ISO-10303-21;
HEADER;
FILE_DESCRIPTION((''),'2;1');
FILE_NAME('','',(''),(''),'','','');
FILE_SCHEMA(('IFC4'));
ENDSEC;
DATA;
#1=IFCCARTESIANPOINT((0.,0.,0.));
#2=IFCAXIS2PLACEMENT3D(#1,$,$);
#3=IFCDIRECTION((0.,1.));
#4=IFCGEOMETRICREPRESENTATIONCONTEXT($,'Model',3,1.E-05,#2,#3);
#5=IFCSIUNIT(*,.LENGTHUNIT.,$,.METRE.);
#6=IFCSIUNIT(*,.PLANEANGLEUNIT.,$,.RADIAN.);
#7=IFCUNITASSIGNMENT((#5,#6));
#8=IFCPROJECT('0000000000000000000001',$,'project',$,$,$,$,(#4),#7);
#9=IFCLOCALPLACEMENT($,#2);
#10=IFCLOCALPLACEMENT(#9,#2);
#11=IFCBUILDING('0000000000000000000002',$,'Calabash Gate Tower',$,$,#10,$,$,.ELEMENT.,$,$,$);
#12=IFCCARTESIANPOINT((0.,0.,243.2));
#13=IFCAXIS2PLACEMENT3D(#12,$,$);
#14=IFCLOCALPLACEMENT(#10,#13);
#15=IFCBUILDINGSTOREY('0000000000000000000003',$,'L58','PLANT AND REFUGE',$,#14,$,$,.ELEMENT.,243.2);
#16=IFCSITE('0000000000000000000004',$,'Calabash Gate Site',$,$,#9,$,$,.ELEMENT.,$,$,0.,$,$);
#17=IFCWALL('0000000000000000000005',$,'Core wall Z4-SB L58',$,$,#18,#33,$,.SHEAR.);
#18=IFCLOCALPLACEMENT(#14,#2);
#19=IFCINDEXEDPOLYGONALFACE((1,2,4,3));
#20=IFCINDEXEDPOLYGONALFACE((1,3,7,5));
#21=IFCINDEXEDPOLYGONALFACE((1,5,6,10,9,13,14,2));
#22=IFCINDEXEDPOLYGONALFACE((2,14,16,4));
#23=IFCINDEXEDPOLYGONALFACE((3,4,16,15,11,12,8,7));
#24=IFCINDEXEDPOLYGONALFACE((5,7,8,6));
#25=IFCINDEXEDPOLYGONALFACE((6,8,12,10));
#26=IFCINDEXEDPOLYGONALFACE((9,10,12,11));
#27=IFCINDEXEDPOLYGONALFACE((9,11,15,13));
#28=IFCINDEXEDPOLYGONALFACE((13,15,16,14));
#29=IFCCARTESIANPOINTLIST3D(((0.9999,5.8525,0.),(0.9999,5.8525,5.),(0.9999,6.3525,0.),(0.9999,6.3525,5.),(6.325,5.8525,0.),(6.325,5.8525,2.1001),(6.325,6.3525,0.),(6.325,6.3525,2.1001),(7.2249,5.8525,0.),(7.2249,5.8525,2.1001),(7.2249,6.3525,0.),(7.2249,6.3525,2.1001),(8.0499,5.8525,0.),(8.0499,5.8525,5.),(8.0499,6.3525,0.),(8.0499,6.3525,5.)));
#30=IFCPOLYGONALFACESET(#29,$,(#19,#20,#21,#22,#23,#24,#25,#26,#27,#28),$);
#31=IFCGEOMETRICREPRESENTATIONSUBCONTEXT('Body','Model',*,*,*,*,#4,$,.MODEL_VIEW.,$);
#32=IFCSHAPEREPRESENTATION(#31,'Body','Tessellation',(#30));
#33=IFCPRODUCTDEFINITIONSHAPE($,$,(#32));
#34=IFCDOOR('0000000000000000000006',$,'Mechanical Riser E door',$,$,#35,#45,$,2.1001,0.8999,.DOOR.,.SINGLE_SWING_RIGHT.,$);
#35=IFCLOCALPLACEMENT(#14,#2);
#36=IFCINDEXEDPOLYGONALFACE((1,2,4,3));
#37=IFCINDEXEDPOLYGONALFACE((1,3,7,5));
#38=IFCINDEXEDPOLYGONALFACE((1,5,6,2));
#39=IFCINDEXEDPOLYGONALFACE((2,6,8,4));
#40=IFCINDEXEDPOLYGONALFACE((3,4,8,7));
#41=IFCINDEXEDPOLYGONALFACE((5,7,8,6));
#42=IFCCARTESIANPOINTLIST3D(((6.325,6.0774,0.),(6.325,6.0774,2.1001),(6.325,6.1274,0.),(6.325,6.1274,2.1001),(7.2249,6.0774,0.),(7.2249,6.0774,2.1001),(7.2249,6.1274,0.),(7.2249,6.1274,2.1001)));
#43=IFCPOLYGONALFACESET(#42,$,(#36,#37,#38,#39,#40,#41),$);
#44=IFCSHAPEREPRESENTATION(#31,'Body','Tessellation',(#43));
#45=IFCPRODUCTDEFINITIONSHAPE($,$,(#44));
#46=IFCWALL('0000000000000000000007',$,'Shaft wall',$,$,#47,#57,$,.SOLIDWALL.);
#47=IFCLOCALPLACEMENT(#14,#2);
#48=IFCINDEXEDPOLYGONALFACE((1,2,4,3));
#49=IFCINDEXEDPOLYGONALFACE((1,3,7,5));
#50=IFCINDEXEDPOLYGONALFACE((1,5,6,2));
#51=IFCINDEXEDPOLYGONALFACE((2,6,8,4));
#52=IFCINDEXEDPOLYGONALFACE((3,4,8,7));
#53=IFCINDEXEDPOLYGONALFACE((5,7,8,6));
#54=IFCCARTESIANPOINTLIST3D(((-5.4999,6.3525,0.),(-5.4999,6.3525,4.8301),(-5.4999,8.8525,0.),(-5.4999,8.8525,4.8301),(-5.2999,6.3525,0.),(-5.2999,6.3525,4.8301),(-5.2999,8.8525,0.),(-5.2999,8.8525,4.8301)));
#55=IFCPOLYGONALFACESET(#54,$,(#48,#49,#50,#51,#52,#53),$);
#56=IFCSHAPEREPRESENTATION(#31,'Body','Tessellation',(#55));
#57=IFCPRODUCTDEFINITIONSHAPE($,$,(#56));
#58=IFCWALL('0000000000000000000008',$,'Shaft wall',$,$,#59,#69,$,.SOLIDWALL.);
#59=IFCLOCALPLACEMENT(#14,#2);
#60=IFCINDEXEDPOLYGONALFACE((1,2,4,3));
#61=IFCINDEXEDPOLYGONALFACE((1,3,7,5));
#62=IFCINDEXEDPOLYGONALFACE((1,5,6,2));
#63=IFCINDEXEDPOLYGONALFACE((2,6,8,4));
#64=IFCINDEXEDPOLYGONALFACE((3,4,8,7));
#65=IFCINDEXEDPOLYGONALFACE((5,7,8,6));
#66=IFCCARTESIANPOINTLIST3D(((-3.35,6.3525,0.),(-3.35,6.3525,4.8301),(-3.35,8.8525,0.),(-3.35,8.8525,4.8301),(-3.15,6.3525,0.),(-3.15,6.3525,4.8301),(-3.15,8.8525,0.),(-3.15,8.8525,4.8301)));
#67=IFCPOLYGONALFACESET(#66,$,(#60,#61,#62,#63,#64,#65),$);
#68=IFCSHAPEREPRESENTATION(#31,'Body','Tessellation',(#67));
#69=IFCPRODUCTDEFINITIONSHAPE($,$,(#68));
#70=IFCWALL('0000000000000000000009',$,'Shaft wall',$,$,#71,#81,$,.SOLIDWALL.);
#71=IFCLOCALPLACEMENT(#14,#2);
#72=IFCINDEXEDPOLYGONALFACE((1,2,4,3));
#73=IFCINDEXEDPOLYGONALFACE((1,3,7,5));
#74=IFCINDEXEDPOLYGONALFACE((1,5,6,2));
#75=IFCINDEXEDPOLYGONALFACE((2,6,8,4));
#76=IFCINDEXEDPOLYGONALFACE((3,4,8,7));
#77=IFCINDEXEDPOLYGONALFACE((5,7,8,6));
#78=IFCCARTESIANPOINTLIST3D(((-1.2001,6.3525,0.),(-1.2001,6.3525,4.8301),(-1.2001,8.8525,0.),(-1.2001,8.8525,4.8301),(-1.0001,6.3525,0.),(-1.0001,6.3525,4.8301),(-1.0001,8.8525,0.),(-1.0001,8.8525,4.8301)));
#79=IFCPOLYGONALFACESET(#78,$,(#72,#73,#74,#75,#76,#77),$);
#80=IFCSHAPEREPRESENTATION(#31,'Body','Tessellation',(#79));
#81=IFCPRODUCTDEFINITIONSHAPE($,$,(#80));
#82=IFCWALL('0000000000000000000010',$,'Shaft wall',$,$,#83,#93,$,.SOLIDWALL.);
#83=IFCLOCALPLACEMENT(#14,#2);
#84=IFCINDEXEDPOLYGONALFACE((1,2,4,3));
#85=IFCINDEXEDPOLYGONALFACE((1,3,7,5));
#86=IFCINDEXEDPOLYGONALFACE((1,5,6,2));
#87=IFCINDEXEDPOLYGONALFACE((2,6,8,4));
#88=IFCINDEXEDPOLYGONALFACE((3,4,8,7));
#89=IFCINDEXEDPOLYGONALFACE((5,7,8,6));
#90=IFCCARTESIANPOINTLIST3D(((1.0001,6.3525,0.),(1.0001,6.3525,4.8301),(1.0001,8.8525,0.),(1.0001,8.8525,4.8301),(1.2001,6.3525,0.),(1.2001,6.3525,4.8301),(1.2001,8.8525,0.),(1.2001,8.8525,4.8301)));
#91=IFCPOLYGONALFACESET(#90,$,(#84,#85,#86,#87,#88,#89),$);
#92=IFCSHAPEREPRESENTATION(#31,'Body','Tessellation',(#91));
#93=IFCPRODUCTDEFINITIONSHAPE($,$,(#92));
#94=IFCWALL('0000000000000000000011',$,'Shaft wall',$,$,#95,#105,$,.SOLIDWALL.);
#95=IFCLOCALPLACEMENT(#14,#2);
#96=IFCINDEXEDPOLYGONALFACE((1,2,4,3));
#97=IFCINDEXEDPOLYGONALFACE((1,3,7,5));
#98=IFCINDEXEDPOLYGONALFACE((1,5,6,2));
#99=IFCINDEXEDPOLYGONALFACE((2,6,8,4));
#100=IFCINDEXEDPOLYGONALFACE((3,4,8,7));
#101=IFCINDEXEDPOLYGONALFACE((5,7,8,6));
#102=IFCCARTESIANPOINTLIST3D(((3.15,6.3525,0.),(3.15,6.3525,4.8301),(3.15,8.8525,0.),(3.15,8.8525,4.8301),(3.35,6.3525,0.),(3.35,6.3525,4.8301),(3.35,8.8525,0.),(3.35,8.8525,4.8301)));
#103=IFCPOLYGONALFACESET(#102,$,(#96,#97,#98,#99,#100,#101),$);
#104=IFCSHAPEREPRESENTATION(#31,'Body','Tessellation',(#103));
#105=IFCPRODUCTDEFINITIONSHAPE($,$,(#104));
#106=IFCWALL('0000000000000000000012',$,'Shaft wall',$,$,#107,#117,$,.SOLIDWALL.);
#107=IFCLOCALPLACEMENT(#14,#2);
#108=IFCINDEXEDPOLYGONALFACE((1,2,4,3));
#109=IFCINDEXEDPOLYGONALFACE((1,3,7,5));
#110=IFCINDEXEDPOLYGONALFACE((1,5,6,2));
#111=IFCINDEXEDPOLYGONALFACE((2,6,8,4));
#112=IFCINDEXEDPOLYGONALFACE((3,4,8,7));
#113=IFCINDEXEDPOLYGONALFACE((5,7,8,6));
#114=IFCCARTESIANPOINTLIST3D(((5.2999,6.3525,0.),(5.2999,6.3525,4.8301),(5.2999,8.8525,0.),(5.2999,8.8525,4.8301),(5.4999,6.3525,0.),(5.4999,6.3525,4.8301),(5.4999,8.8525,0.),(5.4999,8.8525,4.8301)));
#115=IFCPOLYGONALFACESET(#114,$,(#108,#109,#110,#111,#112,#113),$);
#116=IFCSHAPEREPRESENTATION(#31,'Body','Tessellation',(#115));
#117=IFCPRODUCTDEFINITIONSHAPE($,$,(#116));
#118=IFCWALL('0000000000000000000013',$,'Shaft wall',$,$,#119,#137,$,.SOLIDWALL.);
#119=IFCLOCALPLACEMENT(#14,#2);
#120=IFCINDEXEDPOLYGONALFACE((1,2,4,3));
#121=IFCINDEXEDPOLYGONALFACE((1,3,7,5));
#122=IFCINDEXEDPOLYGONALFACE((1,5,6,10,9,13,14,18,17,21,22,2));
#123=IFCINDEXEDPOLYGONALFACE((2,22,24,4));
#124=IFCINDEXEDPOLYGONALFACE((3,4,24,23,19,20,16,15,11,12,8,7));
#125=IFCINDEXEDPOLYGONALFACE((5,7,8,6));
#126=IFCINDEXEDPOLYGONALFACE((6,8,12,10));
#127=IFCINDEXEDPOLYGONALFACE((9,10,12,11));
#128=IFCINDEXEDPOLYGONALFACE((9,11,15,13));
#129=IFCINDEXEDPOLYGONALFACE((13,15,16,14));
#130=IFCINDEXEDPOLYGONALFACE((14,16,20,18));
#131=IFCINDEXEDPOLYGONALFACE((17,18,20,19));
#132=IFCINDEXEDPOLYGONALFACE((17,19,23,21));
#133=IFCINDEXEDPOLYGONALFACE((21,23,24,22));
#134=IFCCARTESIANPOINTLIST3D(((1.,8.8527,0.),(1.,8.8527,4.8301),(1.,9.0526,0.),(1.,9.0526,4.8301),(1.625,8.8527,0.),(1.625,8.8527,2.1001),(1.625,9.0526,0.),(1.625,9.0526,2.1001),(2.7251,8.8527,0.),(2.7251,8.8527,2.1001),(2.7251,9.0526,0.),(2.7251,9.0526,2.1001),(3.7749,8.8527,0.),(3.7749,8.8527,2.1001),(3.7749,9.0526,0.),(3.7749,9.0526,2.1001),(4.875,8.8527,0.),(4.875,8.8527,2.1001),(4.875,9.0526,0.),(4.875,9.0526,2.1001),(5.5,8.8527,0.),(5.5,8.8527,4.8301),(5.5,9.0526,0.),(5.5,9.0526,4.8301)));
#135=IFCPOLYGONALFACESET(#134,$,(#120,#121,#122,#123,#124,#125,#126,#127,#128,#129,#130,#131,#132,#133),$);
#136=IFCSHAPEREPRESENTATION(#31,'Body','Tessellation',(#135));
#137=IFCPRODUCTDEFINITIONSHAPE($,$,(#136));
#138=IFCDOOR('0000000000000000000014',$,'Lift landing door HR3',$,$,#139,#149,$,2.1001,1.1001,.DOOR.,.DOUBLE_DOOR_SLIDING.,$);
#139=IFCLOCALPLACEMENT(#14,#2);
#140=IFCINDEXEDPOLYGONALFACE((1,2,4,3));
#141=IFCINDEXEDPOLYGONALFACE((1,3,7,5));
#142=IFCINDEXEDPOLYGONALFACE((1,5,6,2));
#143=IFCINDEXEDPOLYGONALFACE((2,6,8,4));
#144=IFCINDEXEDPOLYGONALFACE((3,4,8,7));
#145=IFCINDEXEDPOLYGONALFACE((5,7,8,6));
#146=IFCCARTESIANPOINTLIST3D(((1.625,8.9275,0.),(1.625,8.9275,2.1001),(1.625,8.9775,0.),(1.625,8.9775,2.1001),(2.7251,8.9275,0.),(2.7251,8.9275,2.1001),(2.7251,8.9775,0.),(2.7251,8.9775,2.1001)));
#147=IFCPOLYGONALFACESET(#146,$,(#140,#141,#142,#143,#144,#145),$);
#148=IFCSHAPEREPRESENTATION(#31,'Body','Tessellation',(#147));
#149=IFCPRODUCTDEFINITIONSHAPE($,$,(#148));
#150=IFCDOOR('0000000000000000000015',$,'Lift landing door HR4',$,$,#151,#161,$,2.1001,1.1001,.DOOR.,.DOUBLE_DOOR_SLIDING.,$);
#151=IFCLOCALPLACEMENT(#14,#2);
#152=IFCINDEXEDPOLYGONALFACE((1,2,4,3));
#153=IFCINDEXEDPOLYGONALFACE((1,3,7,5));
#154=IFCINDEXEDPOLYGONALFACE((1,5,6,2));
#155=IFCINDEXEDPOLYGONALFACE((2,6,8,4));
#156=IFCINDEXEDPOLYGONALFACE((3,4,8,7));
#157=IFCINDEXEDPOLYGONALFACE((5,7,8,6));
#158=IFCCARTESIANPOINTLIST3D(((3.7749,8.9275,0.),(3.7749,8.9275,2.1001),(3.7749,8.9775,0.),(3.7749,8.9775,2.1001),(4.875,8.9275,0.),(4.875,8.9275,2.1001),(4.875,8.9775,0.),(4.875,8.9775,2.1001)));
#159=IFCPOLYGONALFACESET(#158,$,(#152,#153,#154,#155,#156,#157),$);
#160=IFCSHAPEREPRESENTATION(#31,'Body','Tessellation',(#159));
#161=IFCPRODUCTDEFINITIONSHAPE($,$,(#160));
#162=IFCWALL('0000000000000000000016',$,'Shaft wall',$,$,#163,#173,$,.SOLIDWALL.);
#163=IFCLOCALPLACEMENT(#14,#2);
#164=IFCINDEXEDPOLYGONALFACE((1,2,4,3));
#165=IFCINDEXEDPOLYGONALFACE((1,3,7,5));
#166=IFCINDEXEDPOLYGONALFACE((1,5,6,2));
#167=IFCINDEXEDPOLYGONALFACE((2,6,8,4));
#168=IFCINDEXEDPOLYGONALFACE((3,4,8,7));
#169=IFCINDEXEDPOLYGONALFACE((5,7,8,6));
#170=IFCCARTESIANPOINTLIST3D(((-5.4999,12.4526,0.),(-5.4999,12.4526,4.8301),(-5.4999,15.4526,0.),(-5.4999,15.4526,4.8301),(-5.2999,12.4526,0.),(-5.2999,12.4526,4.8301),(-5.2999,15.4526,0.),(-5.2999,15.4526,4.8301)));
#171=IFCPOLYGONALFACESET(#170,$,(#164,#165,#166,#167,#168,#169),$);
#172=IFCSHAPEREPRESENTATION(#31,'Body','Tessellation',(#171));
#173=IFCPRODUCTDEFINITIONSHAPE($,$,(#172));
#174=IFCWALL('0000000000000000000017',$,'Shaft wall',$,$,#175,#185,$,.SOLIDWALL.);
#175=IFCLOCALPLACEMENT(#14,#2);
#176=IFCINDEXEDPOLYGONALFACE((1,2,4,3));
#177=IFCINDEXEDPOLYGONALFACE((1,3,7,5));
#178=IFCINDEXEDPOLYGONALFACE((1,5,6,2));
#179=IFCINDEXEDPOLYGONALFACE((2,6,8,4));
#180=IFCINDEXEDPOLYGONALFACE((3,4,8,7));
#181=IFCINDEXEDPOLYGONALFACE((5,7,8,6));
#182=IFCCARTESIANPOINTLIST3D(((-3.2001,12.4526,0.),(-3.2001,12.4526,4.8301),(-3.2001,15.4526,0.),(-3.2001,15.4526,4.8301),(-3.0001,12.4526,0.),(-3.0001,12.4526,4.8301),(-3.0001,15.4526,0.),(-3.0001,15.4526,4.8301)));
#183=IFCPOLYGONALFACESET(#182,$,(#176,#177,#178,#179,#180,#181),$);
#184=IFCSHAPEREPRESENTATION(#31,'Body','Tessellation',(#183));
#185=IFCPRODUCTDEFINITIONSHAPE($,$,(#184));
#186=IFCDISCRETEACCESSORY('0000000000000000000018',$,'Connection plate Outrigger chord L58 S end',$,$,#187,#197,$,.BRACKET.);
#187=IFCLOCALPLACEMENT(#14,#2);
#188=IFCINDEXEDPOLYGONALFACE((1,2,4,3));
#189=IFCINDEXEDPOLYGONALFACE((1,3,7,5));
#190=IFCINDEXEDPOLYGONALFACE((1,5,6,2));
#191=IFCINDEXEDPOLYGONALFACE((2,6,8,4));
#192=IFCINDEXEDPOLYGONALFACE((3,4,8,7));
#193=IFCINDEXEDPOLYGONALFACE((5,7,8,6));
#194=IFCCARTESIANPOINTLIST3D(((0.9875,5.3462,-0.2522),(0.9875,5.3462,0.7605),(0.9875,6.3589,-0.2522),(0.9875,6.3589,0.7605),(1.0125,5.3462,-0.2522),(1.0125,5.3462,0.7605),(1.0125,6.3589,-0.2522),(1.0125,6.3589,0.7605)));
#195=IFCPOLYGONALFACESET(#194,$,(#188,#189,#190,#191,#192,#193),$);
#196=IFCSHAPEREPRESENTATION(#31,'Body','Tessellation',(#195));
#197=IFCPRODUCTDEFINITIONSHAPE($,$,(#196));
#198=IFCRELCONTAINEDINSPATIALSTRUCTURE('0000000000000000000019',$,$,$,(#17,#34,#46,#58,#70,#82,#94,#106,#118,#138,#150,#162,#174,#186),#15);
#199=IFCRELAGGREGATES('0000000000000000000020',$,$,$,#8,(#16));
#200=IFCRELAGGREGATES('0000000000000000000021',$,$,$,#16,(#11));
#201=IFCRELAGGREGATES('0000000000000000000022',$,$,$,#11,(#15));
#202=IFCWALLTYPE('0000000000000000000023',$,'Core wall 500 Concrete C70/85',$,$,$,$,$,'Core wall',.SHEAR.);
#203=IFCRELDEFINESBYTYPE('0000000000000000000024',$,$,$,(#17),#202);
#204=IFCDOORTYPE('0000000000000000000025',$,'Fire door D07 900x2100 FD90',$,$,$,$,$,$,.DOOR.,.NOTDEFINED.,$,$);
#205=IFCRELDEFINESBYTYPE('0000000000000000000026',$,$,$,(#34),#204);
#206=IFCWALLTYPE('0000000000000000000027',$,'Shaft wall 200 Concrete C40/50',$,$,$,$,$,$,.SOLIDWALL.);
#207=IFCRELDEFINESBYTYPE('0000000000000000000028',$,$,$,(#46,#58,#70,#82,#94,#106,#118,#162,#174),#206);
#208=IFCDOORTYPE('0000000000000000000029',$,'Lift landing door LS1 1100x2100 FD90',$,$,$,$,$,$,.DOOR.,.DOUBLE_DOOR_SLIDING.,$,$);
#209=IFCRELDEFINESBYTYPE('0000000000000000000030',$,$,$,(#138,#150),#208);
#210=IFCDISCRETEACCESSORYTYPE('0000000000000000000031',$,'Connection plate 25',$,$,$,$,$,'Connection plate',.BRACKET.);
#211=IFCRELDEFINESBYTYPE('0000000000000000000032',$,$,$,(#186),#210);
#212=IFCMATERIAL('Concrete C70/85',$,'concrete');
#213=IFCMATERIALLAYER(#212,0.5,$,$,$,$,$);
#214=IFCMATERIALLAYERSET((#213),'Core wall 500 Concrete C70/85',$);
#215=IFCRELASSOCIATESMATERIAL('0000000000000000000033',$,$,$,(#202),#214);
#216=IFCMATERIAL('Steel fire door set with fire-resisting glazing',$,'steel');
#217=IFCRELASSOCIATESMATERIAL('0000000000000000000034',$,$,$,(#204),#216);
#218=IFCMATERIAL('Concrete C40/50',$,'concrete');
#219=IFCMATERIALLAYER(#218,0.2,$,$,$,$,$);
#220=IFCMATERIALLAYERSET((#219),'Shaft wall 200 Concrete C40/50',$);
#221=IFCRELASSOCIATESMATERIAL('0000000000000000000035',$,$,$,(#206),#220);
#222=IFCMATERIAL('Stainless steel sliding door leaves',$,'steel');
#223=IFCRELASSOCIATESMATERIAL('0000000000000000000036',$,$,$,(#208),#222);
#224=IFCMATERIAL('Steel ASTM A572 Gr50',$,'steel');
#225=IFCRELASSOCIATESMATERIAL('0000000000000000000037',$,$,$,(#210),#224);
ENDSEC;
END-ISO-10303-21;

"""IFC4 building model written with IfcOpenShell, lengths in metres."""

from ifc_helpers import new_model, si_unit, direction, frame, frame_2d, origin, origin_2d, place, context, subcontext, project, spatial, rectangle, extrude, material, layer, layer_set, type_object, element, fill, save


model = new_model("IFC4")

# Units and contexts
model_context = context("Model", 3, precision=1e-05, world=origin(), true_north=direction((0.0, 1.0)))
body_context = subcontext(model_context, "Body", "Model", "MODEL_VIEW")
ifc_project = project(units=[si_unit("LENGTHUNIT", "METRE"), si_unit("PLANEANGLEUNIT", "RADIAN")], contexts=[model_context])

# Site, building, storey
site_placement = place(None, origin())
site = spatial("IfcSite", under=ifc_project, at=site_placement, Name="Calabash Gate Site", CompositionType="ELEMENT", RefElevation=0.0)
building_placement = place(site_placement, origin())
building = spatial("IfcBuilding", under=site, at=building_placement, Name="Calabash Gate Tower", CompositionType="ELEMENT")
storey_placement = place(building_placement, frame((0.0, 0.0, 243.2)))
storey = spatial("IfcBuildingStorey", under=building, at=storey_placement, Name="L58", Description="PLANT AND REFUGE", CompositionType="ELEMENT", Elevation=243.2)

# Wall, opening, door
ifc_material_1 = material(Name="Concrete C70/85", Category="concrete")
ifc_layer_1 = layer(ifc_material_1, 0.5)
ifc_layer_set_1 = layer_set([ifc_layer_1], Name="Core wall 500 Concrete C70/85")
wall_type_1 = type_object("IfcWallType", Name="Core wall 500 Concrete C70/85", ElementType="Core wall", PredefinedType="SHEAR", material=ifc_layer_set_1)
wall_1_placement = place(storey_placement, frame((1.0, 6.1025, 0.0), z_axis=(0.0, 0.0, 1.0), x_axis=(1.0, 0.0, 0.0)))
wall_1 = element("IfcWall", 1, at=wall_1_placement, inside=storey, type_object=wall_type_1, Name="Core wall Z4-SB L58", PredefinedType="SHEAR", context=body_context, shape_type="SweptSolid", body=[
    extrude(rectangle(XDim=7.05, YDim=0.5, at=frame_2d((3.5249, 0.0))), origin(), (0.0, 0.0, 1.0), 5.0),
])
opening_1_placement = place(wall_1_placement, frame((5.325, 0.0, 0.0)))
opening_1 = element("IfcOpeningElement", 2, at=opening_1_placement, cuts=wall_1, PredefinedType="OPENING", context=body_context, shape_type="SweptSolid", body=[
    extrude(rectangle(XDim=0.8999, YDim=2.1001, at=frame_2d((0.45, 1.05))), frame((0.0, 0.26, 0.0), z_axis=(0.0, -1.0, 0.0), x_axis=(1.0, 0.0, 0.0)), (0.0, 0.0, 1.0), 0.52),
])
ifc_material_2 = material(Name="Steel fire door set with fire-resisting glazing", Category="steel")
door_type_1 = type_object("IfcDoorType", Name="Fire door D07 900x2100 FD90", OperationType="NOTDEFINED", PredefinedType="DOOR", material=ifc_material_2)
door_1_placement = place(opening_1_placement, origin())
door_1 = element("IfcDoor", 3, at=door_1_placement, inside=storey, type_object=door_type_1, Name="Mechanical Riser E door", OperationType="SINGLE_SWING_RIGHT", OverallHeight=2.1001, OverallWidth=0.8999, PredefinedType="DOOR", context=body_context, shape_type="SweptSolid", body=[
    extrude(rectangle(XDim=0.8999, YDim=2.1001, at=frame_2d((0.45, 1.05))), frame((0.0, 0.0249, 0.0), z_axis=(0.0, -1.0, 0.0), x_axis=(1.0, 0.0, 0.0)), (0.0, 0.0, 1.0), 0.05),
])
fill(opening_1, door_1)

# Walls
ifc_material_3 = material(Name="Concrete C40/50", Category="concrete")
ifc_layer_2 = layer(ifc_material_3, 0.2)
ifc_layer_set_2 = layer_set([ifc_layer_2], Name="Shaft wall 200 Concrete C40/50")
wall_type_2 = type_object("IfcWallType", Name="Shaft wall 200 Concrete C40/50", PredefinedType="SOLIDWALL", material=ifc_layer_set_2)
for number, where, z_axis, x_axis, name in (
    (4, (-5.3999, 6.3525, 0.0), (0.0, 0.0, 1.0), (0.0, 1.0, 0.0), "Shaft wall"),
    (5, (-3.25, 6.3525, 0.0), (0.0, 0.0, 1.0), (0.0, 1.0, 0.0), "Shaft wall"),
    (6, (-1.1001, 6.3525, 0.0), (0.0, 0.0, 1.0), (0.0, 1.0, 0.0), "Shaft wall"),
    (7, (1.1001, 6.3525, 0.0), (0.0, 0.0, 1.0), (0.0, 1.0, 0.0), "Shaft wall"),
    (8, (3.25, 6.3525, 0.0), (0.0, 0.0, 1.0), (0.0, 1.0, 0.0), "Shaft wall"),
    (9, (5.3999, 6.3525, 0.0), (0.0, 0.0, 1.0), (0.0, 1.0, 0.0), "Shaft wall"),
):
    element("IfcWall", number, at=place(storey_placement, frame(where, z_axis=z_axis, x_axis=x_axis)), inside=storey, type_object=wall_type_2, Name=name, PredefinedType="SOLIDWALL", context=body_context, shape_type="SweptSolid", body=[
        extrude(rectangle(XDim=2.5, YDim=0.2, at=frame_2d((1.25, 0.0))), origin(), (0.0, 0.0, 1.0), 4.8301),
    ])

# Wall, openings, doors
wall_2_placement = place(storey_placement, frame((1.0, 8.9526, 0.0), z_axis=(0.0, 0.0, 1.0), x_axis=(1.0, 0.0, 0.0)))
wall_2 = element("IfcWall", 10, at=wall_2_placement, inside=storey, type_object=wall_type_2, Name="Shaft wall", PredefinedType="SOLIDWALL", context=body_context, shape_type="SweptSolid", body=[
    extrude(rectangle(XDim=4.5, YDim=0.2, at=frame_2d((2.25, 0.0))), origin(), (0.0, 0.0, 1.0), 4.8301),
])
opening_2_placement = place(wall_2_placement, frame((0.625, 0.0, 0.0)))
opening_2 = element("IfcOpeningElement", 11, at=opening_2_placement, cuts=wall_2, PredefinedType="OPENING", context=body_context, shape_type="SweptSolid", body=[
    extrude(rectangle(XDim=1.1001, YDim=2.1001, at=frame_2d((0.55, 1.05))), frame((0.0, 0.1099, 0.0), z_axis=(0.0, -1.0, 0.0), x_axis=(1.0, 0.0, 0.0)), (0.0, 0.0, 1.0), 0.22),
])
opening_3_placement = place(wall_2_placement, frame((2.7749, 0.0, 0.0)))
opening_3 = element("IfcOpeningElement", 12, at=opening_3_placement, cuts=wall_2, PredefinedType="OPENING", context=body_context, shape_type="SweptSolid", body=[
    extrude(rectangle(XDim=1.1001, YDim=2.1001, at=frame_2d((0.55, 1.05))), frame((0.0, 0.1099, 0.0), z_axis=(0.0, -1.0, 0.0), x_axis=(1.0, 0.0, 0.0)), (0.0, 0.0, 1.0), 0.22),
])
ifc_material_4 = material(Name="Stainless steel sliding door leaves", Category="steel")
door_type_2 = type_object("IfcDoorType", Name="Lift landing door LS1 1100x2100 FD90", OperationType="DOUBLE_DOOR_SLIDING", PredefinedType="DOOR", material=ifc_material_4)
door_2_placement = place(opening_2_placement, origin())
door_2 = element("IfcDoor", 13, at=door_2_placement, inside=storey, type_object=door_type_2, Name="Lift landing door HR3", OperationType="DOUBLE_DOOR_SLIDING", OverallHeight=2.1001, OverallWidth=1.1001, PredefinedType="DOOR", context=body_context, shape_type="SweptSolid", body=[
    extrude(rectangle(XDim=1.1001, YDim=2.1001, at=frame_2d((0.55, 1.05))), frame((0.0, 0.0249, 0.0), z_axis=(0.0, -1.0, 0.0), x_axis=(1.0, 0.0, 0.0)), (0.0, 0.0, 1.0), 0.05),
])
fill(opening_2, door_2)
door_3_placement = place(opening_3_placement, origin())
door_3 = element("IfcDoor", 14, at=door_3_placement, inside=storey, type_object=door_type_2, Name="Lift landing door HR4", OperationType="DOUBLE_DOOR_SLIDING", OverallHeight=2.1001, OverallWidth=1.1001, PredefinedType="DOOR", context=body_context, shape_type="SweptSolid", body=[
    extrude(rectangle(XDim=1.1001, YDim=2.1001, at=frame_2d((0.55, 1.05))), frame((0.0, 0.0249, 0.0), z_axis=(0.0, -1.0, 0.0), x_axis=(1.0, 0.0, 0.0)), (0.0, 0.0, 1.0), 0.05),
])
fill(opening_3, door_3)

# Walls
for number, where, z_axis, x_axis, name in (
    (15, (-5.3999, 12.4526, 0.0), (0.0, 0.0, 1.0), (0.0, 1.0, 0.0), "Shaft wall"),
    (16, (-3.1001, 12.4526, 0.0), (0.0, 0.0, 1.0), (0.0, 1.0, 0.0), "Shaft wall"),
):
    element("IfcWall", number, at=place(storey_placement, frame(where, z_axis=z_axis, x_axis=x_axis)), inside=storey, type_object=wall_type_2, Name=name, PredefinedType="SOLIDWALL", context=body_context, shape_type="SweptSolid", body=[
        extrude(rectangle(XDim=3.0, YDim=0.2, at=frame_2d((1.5, 0.0))), origin(), (0.0, 0.0, 1.0), 4.8301),
    ])

# Discrete accessory
ifc_material_5 = material(Name="Steel ASTM A572 Gr50", Category="steel")
discrete_accessory_type = type_object("IfcDiscreteAccessoryType", Name="Connection plate 25", ElementType="Connection plate", PredefinedType="BRACKET", material=ifc_material_5)
for number, where, z_axis, x_axis, name in (
    (17, (1.0, 5.8525, -0.2522), (0.0, 0.0, 1.0), (0.0, 1.0, 0.0), "Connection plate Outrigger chord L58 S end"),
):
    element("IfcDiscreteAccessory", number, at=place(storey_placement, frame(where, z_axis=z_axis, x_axis=x_axis)), inside=storey, type_object=discrete_accessory_type, Name=name, PredefinedType="BRACKET", context=body_context, shape_type="SweptSolid", body=[
        extrude(rectangle(XDim=1.0127, YDim=0.0249, at=origin_2d()), origin(), (0.0, 0.0, 1.0), 1.0127),
    ])

save(model, "model.ifc")
